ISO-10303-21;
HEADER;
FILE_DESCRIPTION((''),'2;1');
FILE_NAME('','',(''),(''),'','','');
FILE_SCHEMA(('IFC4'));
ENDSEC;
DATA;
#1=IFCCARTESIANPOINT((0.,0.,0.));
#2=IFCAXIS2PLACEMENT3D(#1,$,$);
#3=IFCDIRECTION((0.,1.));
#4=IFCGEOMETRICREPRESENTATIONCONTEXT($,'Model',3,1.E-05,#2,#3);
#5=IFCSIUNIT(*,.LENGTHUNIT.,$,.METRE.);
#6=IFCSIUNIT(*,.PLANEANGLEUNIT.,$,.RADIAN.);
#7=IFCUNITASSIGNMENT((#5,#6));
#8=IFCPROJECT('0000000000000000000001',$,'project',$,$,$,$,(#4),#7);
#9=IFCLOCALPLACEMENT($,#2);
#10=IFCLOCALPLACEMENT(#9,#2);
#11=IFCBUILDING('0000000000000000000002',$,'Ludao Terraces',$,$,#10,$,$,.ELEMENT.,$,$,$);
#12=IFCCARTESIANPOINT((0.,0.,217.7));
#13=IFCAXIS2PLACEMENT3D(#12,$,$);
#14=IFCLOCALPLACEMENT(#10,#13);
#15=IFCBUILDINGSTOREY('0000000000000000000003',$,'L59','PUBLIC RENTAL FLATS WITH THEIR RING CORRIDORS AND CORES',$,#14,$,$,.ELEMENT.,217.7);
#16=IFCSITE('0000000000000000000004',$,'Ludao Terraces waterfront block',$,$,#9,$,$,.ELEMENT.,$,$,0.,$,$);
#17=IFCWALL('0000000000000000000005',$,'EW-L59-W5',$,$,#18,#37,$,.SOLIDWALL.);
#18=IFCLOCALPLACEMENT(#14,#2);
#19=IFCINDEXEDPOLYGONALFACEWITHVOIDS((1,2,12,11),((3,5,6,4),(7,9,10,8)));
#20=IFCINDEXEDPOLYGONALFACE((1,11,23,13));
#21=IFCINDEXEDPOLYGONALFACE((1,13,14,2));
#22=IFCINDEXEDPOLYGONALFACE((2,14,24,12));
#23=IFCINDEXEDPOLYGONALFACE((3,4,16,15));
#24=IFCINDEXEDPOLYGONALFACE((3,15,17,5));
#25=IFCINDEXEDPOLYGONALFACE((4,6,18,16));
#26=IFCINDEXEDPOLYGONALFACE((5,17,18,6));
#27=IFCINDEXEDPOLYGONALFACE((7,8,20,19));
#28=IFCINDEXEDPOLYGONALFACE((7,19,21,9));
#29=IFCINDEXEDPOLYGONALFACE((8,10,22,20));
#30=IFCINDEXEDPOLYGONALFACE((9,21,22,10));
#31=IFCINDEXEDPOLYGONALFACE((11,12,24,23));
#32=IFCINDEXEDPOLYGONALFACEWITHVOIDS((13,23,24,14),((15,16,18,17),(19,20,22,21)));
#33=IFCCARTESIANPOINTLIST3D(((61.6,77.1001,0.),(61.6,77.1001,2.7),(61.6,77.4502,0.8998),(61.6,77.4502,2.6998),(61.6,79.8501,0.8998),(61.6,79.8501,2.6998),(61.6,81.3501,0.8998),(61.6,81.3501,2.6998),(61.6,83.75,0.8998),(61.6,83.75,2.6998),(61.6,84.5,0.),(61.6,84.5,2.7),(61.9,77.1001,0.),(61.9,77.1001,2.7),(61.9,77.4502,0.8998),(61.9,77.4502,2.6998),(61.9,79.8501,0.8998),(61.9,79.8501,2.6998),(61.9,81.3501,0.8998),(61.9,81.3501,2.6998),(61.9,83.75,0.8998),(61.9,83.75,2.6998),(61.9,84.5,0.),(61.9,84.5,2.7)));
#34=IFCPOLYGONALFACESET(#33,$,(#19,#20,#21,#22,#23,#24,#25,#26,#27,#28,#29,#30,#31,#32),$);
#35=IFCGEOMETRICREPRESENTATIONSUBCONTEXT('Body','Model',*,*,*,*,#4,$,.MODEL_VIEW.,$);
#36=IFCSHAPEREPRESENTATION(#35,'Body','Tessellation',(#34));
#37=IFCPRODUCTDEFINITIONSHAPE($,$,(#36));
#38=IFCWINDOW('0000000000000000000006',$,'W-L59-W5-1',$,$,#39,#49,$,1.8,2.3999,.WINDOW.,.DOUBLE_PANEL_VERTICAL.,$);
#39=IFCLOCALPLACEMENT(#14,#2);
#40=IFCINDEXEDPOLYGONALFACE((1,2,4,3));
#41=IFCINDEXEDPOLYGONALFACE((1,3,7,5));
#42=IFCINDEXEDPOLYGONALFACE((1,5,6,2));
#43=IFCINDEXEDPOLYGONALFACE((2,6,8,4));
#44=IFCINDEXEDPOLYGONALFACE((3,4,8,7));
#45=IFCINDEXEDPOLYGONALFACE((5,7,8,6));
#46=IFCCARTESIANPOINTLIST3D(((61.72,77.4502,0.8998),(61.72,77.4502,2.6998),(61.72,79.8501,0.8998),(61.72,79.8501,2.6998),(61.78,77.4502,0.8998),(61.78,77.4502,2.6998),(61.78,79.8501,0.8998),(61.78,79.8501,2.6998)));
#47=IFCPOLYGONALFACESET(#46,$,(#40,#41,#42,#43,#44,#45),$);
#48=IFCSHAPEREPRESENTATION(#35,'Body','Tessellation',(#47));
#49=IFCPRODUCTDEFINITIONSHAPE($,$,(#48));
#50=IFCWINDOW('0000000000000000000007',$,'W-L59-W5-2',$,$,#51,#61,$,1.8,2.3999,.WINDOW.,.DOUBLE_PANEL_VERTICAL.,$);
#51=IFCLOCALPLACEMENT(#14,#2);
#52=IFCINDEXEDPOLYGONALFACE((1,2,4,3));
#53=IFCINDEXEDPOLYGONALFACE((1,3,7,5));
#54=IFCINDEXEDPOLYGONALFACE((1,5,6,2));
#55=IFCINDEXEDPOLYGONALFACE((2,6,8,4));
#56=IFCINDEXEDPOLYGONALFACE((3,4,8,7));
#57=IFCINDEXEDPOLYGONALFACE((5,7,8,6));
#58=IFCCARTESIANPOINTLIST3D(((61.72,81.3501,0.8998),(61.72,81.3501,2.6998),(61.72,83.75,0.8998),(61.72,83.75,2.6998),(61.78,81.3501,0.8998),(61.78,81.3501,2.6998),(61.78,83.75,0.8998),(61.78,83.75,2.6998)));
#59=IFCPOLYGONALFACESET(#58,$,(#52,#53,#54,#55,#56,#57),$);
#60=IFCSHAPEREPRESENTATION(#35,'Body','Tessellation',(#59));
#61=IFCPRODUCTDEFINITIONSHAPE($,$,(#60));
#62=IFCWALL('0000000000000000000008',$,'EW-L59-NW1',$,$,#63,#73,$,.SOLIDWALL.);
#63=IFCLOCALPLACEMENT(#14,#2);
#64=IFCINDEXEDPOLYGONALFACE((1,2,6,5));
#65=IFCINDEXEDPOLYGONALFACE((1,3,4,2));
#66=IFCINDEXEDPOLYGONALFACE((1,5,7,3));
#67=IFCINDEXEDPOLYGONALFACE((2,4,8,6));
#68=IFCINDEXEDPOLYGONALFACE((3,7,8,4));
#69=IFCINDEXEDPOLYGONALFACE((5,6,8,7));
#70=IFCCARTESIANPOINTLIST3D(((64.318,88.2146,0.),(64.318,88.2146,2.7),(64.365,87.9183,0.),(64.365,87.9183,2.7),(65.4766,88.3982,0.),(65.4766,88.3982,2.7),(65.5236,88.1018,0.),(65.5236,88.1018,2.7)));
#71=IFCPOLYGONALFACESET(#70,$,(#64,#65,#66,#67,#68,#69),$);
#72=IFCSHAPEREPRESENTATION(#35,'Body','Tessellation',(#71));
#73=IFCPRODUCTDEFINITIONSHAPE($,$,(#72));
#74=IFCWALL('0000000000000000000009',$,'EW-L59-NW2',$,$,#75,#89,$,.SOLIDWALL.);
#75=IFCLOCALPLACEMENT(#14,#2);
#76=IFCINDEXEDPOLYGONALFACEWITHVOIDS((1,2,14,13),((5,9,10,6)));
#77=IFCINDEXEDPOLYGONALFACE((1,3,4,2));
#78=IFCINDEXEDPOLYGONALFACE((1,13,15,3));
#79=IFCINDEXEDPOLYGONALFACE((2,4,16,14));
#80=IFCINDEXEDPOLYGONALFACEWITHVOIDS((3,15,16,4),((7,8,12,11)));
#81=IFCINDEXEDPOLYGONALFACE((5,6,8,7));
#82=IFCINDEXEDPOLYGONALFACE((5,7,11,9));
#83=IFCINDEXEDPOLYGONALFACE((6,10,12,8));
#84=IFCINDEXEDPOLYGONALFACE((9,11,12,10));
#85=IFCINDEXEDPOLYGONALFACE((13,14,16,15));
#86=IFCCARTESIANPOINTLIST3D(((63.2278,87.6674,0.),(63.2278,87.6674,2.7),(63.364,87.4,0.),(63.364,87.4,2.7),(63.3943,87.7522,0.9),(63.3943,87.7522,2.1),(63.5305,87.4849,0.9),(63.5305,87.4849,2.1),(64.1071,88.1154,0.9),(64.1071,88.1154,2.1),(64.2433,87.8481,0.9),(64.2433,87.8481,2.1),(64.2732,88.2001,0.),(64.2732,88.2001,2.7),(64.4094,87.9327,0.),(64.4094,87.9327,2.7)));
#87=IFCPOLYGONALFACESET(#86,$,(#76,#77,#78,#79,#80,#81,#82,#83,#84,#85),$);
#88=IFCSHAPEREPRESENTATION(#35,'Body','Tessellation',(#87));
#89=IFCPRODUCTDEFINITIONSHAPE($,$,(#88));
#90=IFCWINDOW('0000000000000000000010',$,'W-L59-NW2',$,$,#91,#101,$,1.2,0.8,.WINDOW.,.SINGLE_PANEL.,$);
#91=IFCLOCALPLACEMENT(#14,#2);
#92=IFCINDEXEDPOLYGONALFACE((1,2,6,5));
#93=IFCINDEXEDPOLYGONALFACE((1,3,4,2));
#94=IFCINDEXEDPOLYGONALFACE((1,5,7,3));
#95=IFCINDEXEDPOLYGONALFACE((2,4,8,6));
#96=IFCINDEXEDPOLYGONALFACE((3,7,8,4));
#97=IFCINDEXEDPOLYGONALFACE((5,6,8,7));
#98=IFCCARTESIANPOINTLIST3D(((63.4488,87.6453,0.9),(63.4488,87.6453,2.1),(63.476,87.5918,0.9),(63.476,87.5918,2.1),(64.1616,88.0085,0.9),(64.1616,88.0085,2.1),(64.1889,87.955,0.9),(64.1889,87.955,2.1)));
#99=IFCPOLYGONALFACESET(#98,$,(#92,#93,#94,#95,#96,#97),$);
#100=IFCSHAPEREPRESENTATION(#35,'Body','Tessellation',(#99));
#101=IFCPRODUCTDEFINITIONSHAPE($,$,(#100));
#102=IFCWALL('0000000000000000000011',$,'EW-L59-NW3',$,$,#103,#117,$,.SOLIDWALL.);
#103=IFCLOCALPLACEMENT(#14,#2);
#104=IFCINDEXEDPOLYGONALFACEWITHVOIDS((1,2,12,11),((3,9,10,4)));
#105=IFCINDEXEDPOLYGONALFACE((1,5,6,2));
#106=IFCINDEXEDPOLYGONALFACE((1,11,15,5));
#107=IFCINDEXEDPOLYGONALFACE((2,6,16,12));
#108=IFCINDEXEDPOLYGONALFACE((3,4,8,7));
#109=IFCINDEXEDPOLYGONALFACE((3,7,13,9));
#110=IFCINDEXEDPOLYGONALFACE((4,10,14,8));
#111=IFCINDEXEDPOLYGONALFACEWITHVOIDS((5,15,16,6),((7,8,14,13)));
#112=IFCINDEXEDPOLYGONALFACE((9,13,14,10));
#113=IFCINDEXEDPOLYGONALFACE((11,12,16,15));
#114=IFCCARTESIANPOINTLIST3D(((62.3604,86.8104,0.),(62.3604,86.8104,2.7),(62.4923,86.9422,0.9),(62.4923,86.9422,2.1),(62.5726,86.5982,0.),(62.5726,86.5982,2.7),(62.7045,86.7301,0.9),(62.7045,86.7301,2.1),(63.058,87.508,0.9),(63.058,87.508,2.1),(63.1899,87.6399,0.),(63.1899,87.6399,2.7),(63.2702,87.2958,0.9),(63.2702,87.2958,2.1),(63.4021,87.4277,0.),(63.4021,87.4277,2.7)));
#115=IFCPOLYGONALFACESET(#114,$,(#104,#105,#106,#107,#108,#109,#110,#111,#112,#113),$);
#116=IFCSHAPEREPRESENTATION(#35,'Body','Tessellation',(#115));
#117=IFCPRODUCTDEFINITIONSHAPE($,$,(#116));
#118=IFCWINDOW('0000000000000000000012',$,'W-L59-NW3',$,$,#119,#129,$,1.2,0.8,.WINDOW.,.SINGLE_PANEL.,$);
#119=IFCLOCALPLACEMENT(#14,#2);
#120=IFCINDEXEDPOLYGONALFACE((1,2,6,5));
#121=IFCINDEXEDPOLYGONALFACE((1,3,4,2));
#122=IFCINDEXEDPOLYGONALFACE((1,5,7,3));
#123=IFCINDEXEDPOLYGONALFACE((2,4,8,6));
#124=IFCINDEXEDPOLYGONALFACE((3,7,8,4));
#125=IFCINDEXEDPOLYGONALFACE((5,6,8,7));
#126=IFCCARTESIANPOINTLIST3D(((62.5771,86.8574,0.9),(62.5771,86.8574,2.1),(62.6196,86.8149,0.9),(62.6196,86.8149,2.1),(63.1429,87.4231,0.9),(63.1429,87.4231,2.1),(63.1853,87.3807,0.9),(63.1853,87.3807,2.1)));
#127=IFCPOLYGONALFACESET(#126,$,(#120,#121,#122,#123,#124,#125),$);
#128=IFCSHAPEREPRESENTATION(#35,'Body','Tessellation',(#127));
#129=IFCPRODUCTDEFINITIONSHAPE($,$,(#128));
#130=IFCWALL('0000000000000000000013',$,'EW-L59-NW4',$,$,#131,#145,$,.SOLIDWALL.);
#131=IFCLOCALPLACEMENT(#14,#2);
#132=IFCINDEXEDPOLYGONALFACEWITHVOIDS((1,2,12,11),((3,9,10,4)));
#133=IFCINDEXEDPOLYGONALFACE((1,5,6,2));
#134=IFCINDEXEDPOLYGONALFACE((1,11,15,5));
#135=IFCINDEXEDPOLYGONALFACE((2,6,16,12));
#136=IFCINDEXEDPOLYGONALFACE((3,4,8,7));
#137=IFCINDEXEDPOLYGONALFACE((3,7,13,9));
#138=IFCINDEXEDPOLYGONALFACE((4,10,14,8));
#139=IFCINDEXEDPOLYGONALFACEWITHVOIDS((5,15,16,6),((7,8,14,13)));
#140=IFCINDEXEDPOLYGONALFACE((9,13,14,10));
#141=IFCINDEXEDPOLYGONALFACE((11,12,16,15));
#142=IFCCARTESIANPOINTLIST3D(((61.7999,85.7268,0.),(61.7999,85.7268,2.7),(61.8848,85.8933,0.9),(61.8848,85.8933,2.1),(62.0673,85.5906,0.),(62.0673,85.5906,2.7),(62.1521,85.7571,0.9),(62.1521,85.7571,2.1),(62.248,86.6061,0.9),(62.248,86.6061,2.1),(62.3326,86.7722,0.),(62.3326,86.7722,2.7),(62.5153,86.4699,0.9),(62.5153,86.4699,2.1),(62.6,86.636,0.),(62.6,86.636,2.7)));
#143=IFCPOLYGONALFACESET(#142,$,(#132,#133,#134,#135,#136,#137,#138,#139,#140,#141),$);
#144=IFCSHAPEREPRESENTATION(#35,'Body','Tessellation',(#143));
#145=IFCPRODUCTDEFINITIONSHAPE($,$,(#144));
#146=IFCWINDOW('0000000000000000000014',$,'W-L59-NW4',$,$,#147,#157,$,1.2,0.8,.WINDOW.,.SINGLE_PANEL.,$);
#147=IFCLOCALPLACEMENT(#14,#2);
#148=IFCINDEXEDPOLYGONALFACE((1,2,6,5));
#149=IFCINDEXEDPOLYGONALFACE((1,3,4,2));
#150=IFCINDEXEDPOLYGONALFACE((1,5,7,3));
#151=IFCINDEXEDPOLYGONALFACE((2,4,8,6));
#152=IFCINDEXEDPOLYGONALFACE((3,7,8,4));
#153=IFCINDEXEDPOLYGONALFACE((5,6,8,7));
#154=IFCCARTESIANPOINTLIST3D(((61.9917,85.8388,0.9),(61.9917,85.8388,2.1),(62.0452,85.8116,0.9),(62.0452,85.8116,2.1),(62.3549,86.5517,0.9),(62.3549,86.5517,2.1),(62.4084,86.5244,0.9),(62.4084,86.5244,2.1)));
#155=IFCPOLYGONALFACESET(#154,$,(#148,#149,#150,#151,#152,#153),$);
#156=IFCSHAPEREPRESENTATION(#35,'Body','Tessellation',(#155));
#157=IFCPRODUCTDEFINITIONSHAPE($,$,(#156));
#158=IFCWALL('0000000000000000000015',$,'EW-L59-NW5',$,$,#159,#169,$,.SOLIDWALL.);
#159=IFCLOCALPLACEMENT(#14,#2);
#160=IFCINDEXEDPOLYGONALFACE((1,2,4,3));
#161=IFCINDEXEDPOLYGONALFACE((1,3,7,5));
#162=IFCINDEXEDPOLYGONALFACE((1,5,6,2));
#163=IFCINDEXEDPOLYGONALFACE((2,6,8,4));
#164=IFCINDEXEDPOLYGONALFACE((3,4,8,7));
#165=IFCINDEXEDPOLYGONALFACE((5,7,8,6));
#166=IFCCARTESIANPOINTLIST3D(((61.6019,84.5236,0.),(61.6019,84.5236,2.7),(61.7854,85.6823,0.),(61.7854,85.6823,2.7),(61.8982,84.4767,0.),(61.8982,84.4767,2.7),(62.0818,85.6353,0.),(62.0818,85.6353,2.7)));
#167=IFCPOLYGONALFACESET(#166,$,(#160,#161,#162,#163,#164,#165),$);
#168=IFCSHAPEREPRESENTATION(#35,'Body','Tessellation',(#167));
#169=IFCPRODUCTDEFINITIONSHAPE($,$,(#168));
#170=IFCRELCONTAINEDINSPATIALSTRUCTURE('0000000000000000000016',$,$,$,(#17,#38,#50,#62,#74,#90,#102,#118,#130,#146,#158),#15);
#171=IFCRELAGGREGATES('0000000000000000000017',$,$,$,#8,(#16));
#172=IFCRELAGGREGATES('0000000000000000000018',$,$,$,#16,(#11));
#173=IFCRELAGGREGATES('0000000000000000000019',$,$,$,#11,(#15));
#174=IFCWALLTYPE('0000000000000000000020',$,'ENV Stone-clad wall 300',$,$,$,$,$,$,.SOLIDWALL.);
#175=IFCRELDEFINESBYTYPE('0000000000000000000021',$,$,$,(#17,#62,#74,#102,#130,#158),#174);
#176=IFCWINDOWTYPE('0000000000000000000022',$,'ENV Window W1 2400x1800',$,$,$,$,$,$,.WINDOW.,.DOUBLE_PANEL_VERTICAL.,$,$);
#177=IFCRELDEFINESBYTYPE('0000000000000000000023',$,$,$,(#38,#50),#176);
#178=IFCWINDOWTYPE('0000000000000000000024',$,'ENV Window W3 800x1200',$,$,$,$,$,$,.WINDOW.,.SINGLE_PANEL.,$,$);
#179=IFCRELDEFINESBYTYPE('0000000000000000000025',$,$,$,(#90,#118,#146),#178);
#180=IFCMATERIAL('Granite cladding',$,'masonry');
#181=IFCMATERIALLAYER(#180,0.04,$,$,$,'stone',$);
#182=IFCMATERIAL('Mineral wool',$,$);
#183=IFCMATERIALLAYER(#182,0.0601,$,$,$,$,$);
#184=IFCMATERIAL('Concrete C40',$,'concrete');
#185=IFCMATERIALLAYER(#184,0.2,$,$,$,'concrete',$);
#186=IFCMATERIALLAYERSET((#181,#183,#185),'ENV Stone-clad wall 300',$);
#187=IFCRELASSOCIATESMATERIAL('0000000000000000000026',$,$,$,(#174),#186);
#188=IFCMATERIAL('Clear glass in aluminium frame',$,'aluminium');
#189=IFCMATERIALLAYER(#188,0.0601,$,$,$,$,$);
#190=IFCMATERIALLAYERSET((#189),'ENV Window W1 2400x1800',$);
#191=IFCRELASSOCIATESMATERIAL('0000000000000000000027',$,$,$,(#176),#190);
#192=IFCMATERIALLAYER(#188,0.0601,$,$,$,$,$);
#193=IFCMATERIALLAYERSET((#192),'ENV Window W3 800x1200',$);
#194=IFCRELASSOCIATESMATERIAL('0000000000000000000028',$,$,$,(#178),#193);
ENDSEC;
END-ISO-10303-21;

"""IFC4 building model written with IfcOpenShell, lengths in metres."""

from ifc_helpers import new_model, si_unit, direction, frame, frame_2d, origin, place, context, subcontext, project, spatial, rectangle, extrude, material, layer, layer_set, type_object, element, fill, save


model = new_model("IFC4")

# Units and contexts
model_context = context("Model", 3, precision=1e-05, world=origin(), true_north=direction((0.0, 1.0)))
body_context = subcontext(model_context, "Body", "Model", "MODEL_VIEW")
ifc_project = project(units=[si_unit("LENGTHUNIT", "METRE"), si_unit("PLANEANGLEUNIT", "RADIAN")], contexts=[model_context])

# Site, building, storey
site_placement = place(None, origin())
site = spatial("IfcSite", under=ifc_project, at=site_placement, Name="Ludao Terraces waterfront block", CompositionType="ELEMENT", RefElevation=0.0)
building_placement = place(site_placement, origin())
building = spatial("IfcBuilding", under=site, at=building_placement, Name="Ludao Terraces", CompositionType="ELEMENT")
storey_placement = place(building_placement, frame((0.0, 0.0, 217.7)))
storey = spatial("IfcBuildingStorey", under=building, at=storey_placement, Name="L59", Description="PUBLIC RENTAL FLATS WITH THEIR RING CORRIDORS AND CORES", CompositionType="ELEMENT", Elevation=217.7)

# Shared definitions
ifc_material_1 = material(Name="Concrete C40", Category="concrete")

# Wall, openings, windows
ifc_material_2 = material(Name="Granite cladding", Category="masonry")
ifc_layer_1 = layer(ifc_material_2, 0.04, Category="stone")
ifc_material_3 = material(Name="Mineral wool")
ifc_layer_2 = layer(ifc_material_3, 0.0601)
ifc_layer_3 = layer(ifc_material_1, 0.2, Category="concrete")
ifc_layer_set_1 = layer_set([ifc_layer_1, ifc_layer_2, ifc_layer_3], Name="ENV Stone-clad wall 300")
wall_type_1 = type_object("IfcWallType", Name="ENV Stone-clad wall 300", PredefinedType="SOLIDWALL", material=ifc_layer_set_1)
ifc_material_4 = material(Name="Clear glass in aluminium frame", Category="aluminium")
ifc_layer_4 = layer(ifc_material_4, 0.0601)
ifc_layer_set_2 = layer_set([ifc_layer_4], Name="ENV Window W1 2400x1800")
window_type_1 = type_object("IfcWindowType", Name="ENV Window W1 2400x1800", PartitioningType="DOUBLE_PANEL_VERTICAL", PredefinedType="WINDOW", material=ifc_layer_set_2)
wall_1_placement = place(storey_placement, frame((61.75, 77.1001, 0.0), z_axis=(0.0, 0.0, 1.0), x_axis=(0.0, 1.0, 0.0)))
wall_1 = element("IfcWall", 1, at=wall_1_placement, inside=storey, type_object=wall_type_1, Name="EW-L59-W5", PredefinedType="SOLIDWALL", context=body_context, shape_type="SweptSolid", body=[
    extrude(rectangle(XDim=7.3999, YDim=0.3, at=frame_2d((3.7, 0.0))), origin(), (0.0, 0.0, 1.0), 2.7),
])
opening_1_placement = place(wall_1_placement, frame((0.3501, 0.0, 0.8999)))
opening_1 = element("IfcOpeningElement", 2, at=opening_1_placement, cuts=wall_1, PredefinedType="OPENING", context=body_context, shape_type="SweptSolid", body=[
    extrude(rectangle(XDim=2.3999, YDim=1.8, at=frame_2d((1.2, 0.8999))), frame((0.0, 0.1602, 0.0), z_axis=(0.0, -1.0, 0.0), x_axis=(1.0, 0.0, 0.0)), (0.0, 0.0, 1.0), 0.3201),
])
opening_2_placement = place(wall_1_placement, frame((4.25, 0.0, 0.8999)))
opening_2 = element("IfcOpeningElement", 3, at=opening_2_placement, cuts=wall_1, PredefinedType="OPENING", context=body_context, shape_type="SweptSolid", body=[
    extrude(rectangle(XDim=2.3999, YDim=1.8, at=frame_2d((1.2, 0.8999))), frame((0.0, 0.1602, 0.0), z_axis=(0.0, -1.0, 0.0), x_axis=(1.0, 0.0, 0.0)), (0.0, 0.0, 1.0), 0.3201),
])
window_1_placement = place(opening_1_placement, origin())
window_1 = element("IfcWindow", 4, at=window_1_placement, inside=storey, type_object=window_type_1, Name="W-L59-W5-1", OverallHeight=1.8, OverallWidth=2.3999, PartitioningType="DOUBLE_PANEL_VERTICAL", PredefinedType="WINDOW", context=body_context, shape_type="SweptSolid", body=[
    extrude(rectangle(XDim=2.3999, YDim=1.8, at=frame_2d((1.2, 0.8999))), frame((0.0, 0.03, 0.0), z_axis=(0.0, -1.0, 0.0), x_axis=(1.0, 0.0, 0.0)), (0.0, 0.0, 1.0), 0.0601),
])
fill(opening_1, window_1)
window_2_placement = place(opening_2_placement, origin())
window_2 = element("IfcWindow", 5, at=window_2_placement, inside=storey, type_object=window_type_1, Name="W-L59-W5-2", OverallHeight=1.8, OverallWidth=2.3999, PartitioningType="DOUBLE_PANEL_VERTICAL", PredefinedType="WINDOW", context=body_context, shape_type="SweptSolid", body=[
    extrude(rectangle(XDim=2.3999, YDim=1.8, at=frame_2d((1.2, 0.8999))), frame((0.0, 0.03, 0.0), z_axis=(0.0, -1.0, 0.0), x_axis=(1.0, 0.0, 0.0)), (0.0, 0.0, 1.0), 0.0601),
])
fill(opening_2, window_2)

# Wall
wall_2_placement = place(storey_placement, frame((65.5, 88.25, 0.0), z_axis=(0.0, 0.0, 1.0), x_axis=(-0.987678, -0.156497, 0.0)))
element("IfcWall", 6, at=wall_2_placement, inside=storey, type_object=wall_type_1, Name="EW-L59-NW1", PredefinedType="SOLIDWALL", context=body_context, shape_type="SweptSolid", body=[
    extrude(rectangle(XDim=1.1731, YDim=0.3, at=frame_2d((0.5864, 0.0))), origin(), (0.0, 0.0, 1.0), 2.7),
])

# Walls, openings, windows
wall_3_placement = place(storey_placement, frame((64.3413, 88.0664, 0.0), z_axis=(0.0, 0.0, 1.0), x_axis=(-0.890989, -0.454026, 0.0)))
wall_3 = element("IfcWall", 7, at=wall_3_placement, inside=storey, type_object=wall_type_1, Name="EW-L59-NW2", PredefinedType="SOLIDWALL", context=body_context, shape_type="SweptSolid", body=[
    extrude(rectangle(XDim=1.1733, YDim=0.3, at=frame_2d((0.5867, 0.0))), origin(), (0.0, 0.0, 1.0), 2.7),
])
opening_3_placement = place(wall_3_placement, frame((0.1865, 0.0, 0.8999)))
opening_3 = element("IfcOpeningElement", 8, at=opening_3_placement, cuts=wall_3, PredefinedType="OPENING", context=body_context, shape_type="SweptSolid", body=[
    extrude(rectangle(XDim=0.8, YDim=1.2, at=frame_2d((0.3999, 0.6001))), frame((0.0, 0.1602, 0.0), z_axis=(0.0, -1.0, 0.0), x_axis=(1.0, 0.0, 0.0)), (0.0, 0.0, 1.0), 0.3201),
])
ifc_layer_5 = layer(ifc_material_4, 0.0601)
ifc_layer_set_3 = layer_set([ifc_layer_5], Name="ENV Window W3 800x1200")
window_type_2 = type_object("IfcWindowType", Name="ENV Window W3 800x1200", PartitioningType="SINGLE_PANEL", PredefinedType="WINDOW", material=ifc_layer_set_3)
window_3_placement = place(opening_3_placement, origin())
window_3 = element("IfcWindow", 9, at=window_3_placement, inside=storey, type_object=window_type_2, Name="W-L59-NW2", OverallHeight=1.2, OverallWidth=0.8, PartitioningType="SINGLE_PANEL", PredefinedType="WINDOW", context=body_context, shape_type="SweptSolid", body=[
    extrude(rectangle(XDim=0.8, YDim=1.2, at=frame_2d((0.3999, 0.6001))), frame((0.0, 0.03, 0.0), z_axis=(0.0, -1.0, 0.0), x_axis=(1.0, 0.0, 0.0)), (0.0, 0.0, 1.0), 0.0601),
])
fill(opening_3, window_3)
wall_4_placement = place(storey_placement, frame((63.2959, 87.5337, 0.0), z_axis=(0.0, 0.0, 1.0), x_axis=(-0.707107, -0.707107, 0.0)))
wall_4 = element("IfcWall", 10, at=wall_4_placement, inside=storey, type_object=wall_type_1, Name="EW-L59-NW3", PredefinedType="SOLIDWALL", context=body_context, shape_type="SweptSolid", body=[
    extrude(rectangle(XDim=1.1731, YDim=0.3, at=frame_2d((0.5864, 0.0))), origin(), (0.0, 0.0, 1.0), 2.7),
])
opening_4_placement = place(wall_4_placement, frame((0.1865, 0.0, 0.8999)))
opening_4 = element("IfcOpeningElement", 11, at=opening_4_placement, cuts=wall_4, PredefinedType="OPENING", context=body_context, shape_type="SweptSolid", body=[
    extrude(rectangle(XDim=0.8, YDim=1.2, at=frame_2d((0.3999, 0.6001))), frame((0.0, 0.1602, 0.0), z_axis=(0.0, -1.0, 0.0), x_axis=(1.0, 0.0, 0.0)), (0.0, 0.0, 1.0), 0.3201),
])
window_4_placement = place(opening_4_placement, origin())
window_4 = element("IfcWindow", 12, at=window_4_placement, inside=storey, type_object=window_type_2, Name="W-L59-NW3", OverallHeight=1.2, OverallWidth=0.8, PartitioningType="SINGLE_PANEL", PredefinedType="WINDOW", context=body_context, shape_type="SweptSolid", body=[
    extrude(rectangle(XDim=0.8, YDim=1.2, at=frame_2d((0.3999, 0.6001))), frame((0.0, 0.03, 0.0), z_axis=(0.0, -1.0, 0.0), x_axis=(1.0, 0.0, 0.0)), (0.0, 0.0, 1.0), 0.0601),
])
fill(opening_4, window_4)
wall_5_placement = place(storey_placement, frame((62.4663, 86.7041, 0.0), z_axis=(0.0, 0.0, 1.0), x_axis=(-0.454026, -0.890989, 0.0)))
wall_5 = element("IfcWall", 13, at=wall_5_placement, inside=storey, type_object=wall_type_1, Name="EW-L59-NW4", PredefinedType="SOLIDWALL", context=body_context, shape_type="SweptSolid", body=[
    extrude(rectangle(XDim=1.1733, YDim=0.3, at=frame_2d((0.5867, 0.0))), origin(), (0.0, 0.0, 1.0), 2.7),
])
opening_5_placement = place(wall_5_placement, frame((0.1865, 0.0, 0.8999)))
opening_5 = element("IfcOpeningElement", 14, at=opening_5_placement, cuts=wall_5, PredefinedType="OPENING", context=body_context, shape_type="SweptSolid", body=[
    extrude(rectangle(XDim=0.8, YDim=1.2, at=frame_2d((0.3999, 0.6001))), frame((0.0, 0.1602, 0.0), z_axis=(0.0, -1.0, 0.0), x_axis=(1.0, 0.0, 0.0)), (0.0, 0.0, 1.0), 0.3201),
])
window_5_placement = place(opening_5_placement, origin())
window_5 = element("IfcWindow", 15, at=window_5_placement, inside=storey, type_object=window_type_2, Name="W-L59-NW4", OverallHeight=1.2, OverallWidth=0.8, PartitioningType="SINGLE_PANEL", PredefinedType="WINDOW", context=body_context, shape_type="SweptSolid", body=[
    extrude(rectangle(XDim=0.8, YDim=1.2, at=frame_2d((0.3999, 0.6001))), frame((0.0, 0.03, 0.0), z_axis=(0.0, -1.0, 0.0), x_axis=(1.0, 0.0, 0.0)), (0.0, 0.0, 1.0), 0.0601),
])
fill(opening_5, window_5)

# Wall
wall_6_placement = place(storey_placement, frame((61.9336, 85.6587, 0.0), z_axis=(0.0, 0.0, 1.0), x_axis=(-0.156497, -0.987678, 0.0)))
element("IfcWall", 16, at=wall_6_placement, inside=storey, type_object=wall_type_1, Name="EW-L59-NW5", PredefinedType="SOLIDWALL", context=body_context, shape_type="SweptSolid", body=[
    extrude(rectangle(XDim=1.1731, YDim=0.3, at=frame_2d((0.5864, 0.0))), origin(), (0.0, 0.0, 1.0), 2.7),
])

save(model, "model.ifc")
